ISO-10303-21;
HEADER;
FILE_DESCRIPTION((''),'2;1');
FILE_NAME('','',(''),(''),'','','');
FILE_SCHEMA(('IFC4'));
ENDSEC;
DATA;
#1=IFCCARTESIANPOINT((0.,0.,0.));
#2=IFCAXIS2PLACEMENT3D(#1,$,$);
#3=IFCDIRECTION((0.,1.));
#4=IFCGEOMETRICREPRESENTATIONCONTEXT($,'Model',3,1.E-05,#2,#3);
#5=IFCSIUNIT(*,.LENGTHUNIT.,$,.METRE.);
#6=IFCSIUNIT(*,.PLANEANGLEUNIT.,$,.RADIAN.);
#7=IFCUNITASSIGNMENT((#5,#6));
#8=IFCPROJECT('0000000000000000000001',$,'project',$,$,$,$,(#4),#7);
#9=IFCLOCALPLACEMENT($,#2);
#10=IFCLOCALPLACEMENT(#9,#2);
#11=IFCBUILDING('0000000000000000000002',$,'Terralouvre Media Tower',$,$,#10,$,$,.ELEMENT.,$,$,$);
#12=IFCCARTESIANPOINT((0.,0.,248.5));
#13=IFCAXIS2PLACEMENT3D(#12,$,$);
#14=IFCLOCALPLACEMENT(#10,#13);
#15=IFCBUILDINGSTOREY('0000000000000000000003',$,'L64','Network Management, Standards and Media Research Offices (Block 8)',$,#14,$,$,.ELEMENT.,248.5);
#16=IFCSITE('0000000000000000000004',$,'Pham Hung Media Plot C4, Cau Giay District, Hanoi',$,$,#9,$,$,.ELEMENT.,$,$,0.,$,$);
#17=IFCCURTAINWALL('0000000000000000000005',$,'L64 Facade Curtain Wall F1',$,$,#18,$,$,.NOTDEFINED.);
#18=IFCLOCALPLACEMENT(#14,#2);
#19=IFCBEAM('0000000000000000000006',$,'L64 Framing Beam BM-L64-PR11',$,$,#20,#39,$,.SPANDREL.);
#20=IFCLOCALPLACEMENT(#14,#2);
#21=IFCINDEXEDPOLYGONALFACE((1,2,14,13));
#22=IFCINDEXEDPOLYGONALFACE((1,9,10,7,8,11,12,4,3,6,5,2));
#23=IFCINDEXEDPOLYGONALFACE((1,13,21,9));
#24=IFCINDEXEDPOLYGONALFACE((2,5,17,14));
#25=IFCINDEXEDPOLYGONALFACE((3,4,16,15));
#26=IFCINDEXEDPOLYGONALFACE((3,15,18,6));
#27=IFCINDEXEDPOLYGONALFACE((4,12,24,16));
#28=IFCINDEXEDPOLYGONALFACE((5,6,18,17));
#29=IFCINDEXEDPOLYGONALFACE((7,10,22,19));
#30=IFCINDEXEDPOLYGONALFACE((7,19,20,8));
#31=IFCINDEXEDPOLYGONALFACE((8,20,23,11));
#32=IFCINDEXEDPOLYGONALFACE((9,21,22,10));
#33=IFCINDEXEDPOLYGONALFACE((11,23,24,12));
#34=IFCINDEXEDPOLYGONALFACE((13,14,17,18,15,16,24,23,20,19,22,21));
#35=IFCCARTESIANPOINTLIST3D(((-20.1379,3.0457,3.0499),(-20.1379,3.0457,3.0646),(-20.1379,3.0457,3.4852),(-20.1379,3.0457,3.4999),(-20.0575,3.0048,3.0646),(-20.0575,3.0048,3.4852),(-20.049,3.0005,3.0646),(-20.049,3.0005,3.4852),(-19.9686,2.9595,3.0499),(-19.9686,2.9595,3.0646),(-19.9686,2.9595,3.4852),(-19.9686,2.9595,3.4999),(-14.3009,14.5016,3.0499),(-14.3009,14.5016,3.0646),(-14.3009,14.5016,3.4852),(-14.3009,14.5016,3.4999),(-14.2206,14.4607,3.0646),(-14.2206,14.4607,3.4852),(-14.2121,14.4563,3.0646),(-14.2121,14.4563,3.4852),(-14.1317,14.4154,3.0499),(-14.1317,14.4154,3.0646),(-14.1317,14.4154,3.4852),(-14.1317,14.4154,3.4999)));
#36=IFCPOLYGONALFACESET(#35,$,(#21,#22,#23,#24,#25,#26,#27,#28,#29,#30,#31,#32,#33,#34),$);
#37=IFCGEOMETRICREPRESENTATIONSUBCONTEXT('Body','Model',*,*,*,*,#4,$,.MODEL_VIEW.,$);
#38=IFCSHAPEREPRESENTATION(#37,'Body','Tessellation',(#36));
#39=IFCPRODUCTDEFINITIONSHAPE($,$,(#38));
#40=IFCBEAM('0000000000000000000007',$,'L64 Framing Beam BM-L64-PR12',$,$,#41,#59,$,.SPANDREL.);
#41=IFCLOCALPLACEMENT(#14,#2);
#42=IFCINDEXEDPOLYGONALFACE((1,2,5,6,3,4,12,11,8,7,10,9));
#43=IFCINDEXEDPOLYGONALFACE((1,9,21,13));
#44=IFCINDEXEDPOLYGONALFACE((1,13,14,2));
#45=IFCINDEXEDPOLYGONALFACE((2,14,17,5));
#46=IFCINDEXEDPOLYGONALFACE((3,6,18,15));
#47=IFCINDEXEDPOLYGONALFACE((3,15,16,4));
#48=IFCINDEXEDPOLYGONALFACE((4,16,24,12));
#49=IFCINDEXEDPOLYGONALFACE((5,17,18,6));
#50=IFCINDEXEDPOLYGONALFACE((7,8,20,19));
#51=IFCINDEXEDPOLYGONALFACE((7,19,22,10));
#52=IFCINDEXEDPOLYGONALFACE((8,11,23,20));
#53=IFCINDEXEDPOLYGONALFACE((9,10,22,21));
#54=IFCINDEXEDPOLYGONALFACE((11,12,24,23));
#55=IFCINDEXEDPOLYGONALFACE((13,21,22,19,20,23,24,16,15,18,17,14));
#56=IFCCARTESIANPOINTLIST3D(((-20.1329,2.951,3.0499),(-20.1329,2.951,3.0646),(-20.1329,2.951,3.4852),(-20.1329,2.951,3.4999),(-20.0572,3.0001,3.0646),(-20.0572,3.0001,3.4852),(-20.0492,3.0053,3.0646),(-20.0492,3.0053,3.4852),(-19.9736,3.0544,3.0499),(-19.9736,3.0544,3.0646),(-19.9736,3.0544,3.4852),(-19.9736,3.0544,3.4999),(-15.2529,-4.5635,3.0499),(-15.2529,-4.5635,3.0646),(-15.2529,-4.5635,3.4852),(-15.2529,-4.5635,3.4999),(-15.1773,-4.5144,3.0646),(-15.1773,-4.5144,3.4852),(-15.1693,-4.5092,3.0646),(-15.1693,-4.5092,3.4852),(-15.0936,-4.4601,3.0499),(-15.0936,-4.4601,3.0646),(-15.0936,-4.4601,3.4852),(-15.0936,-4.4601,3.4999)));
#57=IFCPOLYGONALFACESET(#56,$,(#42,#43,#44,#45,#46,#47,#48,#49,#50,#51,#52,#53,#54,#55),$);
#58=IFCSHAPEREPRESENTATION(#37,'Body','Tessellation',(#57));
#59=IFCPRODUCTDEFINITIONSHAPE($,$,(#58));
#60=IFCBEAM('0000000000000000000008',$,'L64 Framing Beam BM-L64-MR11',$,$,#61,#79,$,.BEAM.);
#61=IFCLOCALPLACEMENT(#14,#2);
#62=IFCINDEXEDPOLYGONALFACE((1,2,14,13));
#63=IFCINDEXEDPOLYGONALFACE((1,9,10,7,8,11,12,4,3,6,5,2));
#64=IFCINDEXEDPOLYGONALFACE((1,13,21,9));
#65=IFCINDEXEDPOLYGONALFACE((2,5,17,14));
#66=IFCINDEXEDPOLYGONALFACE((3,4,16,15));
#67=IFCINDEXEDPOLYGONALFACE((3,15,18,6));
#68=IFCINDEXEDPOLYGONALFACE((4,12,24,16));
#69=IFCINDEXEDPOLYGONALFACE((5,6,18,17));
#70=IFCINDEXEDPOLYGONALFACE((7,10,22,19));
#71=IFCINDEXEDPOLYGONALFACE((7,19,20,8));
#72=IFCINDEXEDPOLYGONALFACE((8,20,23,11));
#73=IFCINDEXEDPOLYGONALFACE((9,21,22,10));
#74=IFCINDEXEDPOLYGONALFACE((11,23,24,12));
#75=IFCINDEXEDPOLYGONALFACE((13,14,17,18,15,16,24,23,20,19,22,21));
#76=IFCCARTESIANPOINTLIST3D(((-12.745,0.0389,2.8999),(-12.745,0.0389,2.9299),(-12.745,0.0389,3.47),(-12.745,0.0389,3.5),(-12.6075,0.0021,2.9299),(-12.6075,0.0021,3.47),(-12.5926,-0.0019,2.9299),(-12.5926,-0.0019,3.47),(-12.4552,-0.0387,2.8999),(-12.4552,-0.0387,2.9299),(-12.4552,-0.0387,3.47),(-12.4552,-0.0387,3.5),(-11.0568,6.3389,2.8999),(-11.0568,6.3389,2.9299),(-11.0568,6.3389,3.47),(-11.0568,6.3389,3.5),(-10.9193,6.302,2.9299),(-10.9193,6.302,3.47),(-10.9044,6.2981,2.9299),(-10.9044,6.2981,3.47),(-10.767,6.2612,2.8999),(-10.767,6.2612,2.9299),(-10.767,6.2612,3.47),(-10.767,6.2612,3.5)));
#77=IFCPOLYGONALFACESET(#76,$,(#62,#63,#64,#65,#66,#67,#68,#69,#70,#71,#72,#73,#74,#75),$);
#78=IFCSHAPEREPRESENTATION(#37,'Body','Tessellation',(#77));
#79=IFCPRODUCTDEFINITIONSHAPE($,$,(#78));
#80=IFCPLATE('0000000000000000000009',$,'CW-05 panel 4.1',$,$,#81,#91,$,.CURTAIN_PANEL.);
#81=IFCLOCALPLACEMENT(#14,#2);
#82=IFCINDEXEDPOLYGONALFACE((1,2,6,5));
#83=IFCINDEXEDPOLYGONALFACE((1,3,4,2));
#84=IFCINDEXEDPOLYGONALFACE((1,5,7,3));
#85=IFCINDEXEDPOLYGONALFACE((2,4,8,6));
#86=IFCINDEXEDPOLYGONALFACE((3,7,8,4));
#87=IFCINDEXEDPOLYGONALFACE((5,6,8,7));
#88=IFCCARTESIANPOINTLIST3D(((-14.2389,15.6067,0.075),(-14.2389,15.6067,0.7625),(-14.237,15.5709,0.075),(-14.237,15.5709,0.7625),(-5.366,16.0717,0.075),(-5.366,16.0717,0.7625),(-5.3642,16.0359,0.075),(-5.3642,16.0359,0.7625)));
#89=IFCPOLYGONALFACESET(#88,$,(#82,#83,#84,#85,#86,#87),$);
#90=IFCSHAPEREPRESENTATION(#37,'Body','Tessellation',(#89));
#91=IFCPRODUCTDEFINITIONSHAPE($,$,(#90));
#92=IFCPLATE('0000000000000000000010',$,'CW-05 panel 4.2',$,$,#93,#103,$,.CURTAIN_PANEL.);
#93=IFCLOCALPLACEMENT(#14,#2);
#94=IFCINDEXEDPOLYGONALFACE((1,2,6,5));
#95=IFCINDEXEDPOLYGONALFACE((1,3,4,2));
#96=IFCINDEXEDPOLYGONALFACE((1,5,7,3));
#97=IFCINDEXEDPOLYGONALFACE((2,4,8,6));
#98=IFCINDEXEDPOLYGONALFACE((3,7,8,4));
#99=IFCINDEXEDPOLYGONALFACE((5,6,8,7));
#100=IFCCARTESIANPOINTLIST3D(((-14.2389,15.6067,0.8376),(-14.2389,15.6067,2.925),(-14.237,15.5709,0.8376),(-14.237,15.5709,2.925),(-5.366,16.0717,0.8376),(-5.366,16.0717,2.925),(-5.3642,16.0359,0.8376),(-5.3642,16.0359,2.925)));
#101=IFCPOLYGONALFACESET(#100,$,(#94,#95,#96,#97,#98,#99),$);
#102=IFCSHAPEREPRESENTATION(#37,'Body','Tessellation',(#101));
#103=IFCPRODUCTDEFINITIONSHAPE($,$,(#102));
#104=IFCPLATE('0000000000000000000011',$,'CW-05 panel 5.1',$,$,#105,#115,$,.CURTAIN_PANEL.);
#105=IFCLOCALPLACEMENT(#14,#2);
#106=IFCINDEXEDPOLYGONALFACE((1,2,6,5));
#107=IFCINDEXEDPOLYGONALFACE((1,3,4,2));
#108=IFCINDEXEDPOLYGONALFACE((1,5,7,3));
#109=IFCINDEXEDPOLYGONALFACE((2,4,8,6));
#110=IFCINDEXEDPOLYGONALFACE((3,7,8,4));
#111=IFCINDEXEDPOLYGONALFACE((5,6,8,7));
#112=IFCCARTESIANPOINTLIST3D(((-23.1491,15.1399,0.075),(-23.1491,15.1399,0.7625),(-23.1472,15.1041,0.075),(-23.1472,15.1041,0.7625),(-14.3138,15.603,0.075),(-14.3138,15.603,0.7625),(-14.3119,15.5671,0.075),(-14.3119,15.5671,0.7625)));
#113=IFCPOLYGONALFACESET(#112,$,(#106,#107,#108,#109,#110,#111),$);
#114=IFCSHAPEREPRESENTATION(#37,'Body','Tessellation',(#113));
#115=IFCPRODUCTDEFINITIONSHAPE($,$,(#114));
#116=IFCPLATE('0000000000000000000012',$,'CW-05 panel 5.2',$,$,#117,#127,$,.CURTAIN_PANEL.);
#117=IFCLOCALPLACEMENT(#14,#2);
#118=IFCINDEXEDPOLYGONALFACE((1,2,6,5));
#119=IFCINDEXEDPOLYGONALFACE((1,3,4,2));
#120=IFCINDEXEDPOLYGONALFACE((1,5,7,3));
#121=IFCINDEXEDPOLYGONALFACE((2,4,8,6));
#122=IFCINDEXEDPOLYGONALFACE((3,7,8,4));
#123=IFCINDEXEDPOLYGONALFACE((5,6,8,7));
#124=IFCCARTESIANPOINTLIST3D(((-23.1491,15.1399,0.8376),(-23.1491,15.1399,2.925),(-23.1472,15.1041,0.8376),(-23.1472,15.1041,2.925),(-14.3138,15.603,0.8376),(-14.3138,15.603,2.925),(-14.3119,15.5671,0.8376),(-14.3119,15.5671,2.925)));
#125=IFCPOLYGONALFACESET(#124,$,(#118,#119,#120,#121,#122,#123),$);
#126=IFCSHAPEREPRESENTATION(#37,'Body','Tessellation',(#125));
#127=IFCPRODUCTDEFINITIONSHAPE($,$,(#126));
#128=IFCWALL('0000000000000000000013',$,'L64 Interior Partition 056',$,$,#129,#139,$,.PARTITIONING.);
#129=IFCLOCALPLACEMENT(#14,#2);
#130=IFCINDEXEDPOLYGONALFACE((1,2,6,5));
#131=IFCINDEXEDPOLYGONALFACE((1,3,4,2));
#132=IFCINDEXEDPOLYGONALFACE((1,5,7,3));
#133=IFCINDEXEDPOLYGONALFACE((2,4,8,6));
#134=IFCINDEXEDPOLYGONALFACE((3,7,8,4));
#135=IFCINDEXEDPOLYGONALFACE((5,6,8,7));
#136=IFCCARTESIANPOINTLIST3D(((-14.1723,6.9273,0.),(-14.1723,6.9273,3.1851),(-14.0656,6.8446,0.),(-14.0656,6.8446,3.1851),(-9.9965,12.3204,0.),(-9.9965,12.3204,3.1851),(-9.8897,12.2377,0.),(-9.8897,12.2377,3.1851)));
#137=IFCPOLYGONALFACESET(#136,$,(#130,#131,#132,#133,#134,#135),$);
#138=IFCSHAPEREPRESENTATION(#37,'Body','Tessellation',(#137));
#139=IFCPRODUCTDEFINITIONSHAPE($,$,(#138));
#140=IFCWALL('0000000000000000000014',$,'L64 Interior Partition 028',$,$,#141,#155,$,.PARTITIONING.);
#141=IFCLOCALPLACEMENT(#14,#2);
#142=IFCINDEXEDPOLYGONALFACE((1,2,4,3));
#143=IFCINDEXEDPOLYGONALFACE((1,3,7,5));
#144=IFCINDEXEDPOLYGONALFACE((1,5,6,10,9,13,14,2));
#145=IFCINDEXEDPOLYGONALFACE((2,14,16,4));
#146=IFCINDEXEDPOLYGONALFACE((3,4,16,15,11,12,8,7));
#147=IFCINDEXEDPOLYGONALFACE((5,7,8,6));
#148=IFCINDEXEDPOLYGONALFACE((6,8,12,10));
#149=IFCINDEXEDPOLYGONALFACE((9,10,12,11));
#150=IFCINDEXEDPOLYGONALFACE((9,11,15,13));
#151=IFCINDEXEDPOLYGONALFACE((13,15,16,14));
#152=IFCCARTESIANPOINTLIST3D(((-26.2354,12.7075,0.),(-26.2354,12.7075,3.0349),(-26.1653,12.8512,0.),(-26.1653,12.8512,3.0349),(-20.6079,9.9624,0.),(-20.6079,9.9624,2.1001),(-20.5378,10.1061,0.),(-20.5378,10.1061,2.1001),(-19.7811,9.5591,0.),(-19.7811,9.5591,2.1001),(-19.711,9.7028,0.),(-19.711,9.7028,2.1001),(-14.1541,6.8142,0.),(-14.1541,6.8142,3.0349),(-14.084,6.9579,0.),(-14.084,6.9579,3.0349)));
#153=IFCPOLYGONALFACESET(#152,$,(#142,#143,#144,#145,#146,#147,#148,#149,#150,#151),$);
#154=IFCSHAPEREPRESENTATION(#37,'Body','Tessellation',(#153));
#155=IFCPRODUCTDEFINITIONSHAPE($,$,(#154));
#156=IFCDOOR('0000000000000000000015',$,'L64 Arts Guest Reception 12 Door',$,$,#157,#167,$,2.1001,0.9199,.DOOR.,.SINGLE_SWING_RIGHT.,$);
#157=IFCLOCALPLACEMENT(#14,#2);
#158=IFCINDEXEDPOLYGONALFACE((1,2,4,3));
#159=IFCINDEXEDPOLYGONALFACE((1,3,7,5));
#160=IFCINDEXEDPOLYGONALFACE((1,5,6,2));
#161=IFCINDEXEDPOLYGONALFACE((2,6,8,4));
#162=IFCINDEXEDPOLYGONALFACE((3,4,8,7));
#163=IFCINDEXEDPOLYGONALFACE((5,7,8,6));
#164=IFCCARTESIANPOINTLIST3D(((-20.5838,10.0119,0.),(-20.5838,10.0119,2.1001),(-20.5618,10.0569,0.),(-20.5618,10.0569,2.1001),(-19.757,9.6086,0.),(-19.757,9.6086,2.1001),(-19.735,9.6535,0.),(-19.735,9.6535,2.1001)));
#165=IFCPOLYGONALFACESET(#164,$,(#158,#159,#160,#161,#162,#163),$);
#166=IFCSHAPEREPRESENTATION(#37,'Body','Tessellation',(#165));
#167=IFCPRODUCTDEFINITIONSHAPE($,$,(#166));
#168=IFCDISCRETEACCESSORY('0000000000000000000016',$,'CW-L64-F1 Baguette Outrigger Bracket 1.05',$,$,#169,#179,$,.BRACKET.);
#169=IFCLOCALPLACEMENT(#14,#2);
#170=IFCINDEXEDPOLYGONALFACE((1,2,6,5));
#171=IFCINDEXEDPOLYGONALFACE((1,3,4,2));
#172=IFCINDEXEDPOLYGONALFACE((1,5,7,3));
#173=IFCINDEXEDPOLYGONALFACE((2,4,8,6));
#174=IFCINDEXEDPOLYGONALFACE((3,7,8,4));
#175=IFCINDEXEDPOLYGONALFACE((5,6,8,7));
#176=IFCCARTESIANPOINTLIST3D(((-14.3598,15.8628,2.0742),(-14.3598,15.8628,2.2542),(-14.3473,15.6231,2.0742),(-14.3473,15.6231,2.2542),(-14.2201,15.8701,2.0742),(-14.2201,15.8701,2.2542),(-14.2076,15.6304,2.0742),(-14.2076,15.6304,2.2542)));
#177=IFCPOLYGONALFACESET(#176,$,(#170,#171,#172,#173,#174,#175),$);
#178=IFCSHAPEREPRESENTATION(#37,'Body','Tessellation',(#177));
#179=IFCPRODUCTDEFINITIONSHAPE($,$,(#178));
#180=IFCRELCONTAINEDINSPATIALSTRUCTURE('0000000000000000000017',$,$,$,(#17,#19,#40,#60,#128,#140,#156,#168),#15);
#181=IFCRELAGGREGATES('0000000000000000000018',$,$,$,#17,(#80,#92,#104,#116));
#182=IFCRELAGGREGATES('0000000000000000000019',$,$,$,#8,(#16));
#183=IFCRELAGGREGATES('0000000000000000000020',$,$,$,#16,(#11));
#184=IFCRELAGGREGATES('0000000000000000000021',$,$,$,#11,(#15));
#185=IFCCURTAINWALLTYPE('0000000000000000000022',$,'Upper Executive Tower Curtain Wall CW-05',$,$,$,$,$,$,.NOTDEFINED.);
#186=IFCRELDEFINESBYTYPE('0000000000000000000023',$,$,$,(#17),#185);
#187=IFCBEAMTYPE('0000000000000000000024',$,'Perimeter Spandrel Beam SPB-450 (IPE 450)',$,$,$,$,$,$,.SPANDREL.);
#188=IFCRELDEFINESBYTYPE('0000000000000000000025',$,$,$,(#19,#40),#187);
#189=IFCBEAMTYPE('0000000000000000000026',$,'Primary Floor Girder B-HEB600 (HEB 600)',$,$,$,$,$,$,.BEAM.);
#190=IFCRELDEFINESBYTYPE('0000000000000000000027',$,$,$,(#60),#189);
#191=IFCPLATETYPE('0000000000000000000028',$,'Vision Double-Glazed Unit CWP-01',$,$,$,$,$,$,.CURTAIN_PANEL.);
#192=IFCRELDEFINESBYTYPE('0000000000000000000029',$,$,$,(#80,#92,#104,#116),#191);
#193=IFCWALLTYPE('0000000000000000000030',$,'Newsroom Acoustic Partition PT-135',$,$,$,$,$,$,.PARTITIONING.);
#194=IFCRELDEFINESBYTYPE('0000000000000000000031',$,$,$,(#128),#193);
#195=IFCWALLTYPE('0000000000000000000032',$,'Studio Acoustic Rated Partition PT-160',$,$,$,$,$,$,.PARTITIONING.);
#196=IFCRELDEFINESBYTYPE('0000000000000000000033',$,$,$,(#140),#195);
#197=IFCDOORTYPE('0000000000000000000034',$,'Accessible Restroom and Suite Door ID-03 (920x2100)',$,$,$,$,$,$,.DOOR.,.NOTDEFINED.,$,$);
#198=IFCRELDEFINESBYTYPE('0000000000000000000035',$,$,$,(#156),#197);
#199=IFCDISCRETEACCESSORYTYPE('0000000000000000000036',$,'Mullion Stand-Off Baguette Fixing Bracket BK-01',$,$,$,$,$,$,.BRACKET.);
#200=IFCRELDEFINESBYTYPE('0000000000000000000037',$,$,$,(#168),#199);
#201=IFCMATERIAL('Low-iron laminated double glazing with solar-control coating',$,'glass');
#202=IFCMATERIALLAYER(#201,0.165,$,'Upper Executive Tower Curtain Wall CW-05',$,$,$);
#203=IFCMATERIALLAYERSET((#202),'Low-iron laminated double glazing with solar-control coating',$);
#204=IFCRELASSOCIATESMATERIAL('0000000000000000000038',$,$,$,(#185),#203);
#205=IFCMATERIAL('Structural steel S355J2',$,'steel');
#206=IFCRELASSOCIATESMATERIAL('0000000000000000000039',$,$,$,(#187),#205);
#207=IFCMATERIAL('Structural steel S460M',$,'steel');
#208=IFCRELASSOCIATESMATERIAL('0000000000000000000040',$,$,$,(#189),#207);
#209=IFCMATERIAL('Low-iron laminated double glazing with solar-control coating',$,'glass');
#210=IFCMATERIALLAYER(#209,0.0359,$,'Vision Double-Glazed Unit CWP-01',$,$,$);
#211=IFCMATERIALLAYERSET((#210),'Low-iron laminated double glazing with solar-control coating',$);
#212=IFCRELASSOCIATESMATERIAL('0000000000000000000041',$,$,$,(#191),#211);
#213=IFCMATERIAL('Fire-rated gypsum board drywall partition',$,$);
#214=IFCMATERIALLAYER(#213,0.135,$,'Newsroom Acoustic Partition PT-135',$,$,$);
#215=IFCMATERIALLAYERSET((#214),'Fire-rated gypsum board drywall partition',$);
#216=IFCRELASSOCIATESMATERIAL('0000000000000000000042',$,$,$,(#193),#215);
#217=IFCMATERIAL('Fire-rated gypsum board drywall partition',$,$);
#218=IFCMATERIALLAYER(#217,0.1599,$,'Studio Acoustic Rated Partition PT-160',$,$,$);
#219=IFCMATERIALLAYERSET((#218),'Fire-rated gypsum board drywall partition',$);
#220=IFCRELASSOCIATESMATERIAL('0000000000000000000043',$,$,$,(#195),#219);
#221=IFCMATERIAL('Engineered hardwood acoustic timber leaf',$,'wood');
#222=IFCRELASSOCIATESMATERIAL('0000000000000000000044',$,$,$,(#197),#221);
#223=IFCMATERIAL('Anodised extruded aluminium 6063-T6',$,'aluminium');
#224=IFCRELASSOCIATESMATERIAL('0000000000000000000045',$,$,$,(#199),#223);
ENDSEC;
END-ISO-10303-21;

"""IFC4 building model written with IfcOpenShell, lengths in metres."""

from ifc_helpers import new_model, si_unit, direction, frame, frame_2d, origin, origin_2d, place, context, subcontext, project, spatial, rectangle, i_section, extrude, material, layer, layer_set, material_profile, profile_set, type_object, element, fill, aggregate, save


model = new_model("IFC4")

# Units and contexts
model_context = context("Model", 3, precision=1e-05, world=origin(), true_north=direction((0.0, 1.0)))
body_context = subcontext(model_context, "Body", "Model", "MODEL_VIEW")
ifc_project = project(units=[si_unit("LENGTHUNIT", "METRE"), si_unit("PLANEANGLEUNIT", "RADIAN")], contexts=[model_context])

# Site, building, storey
site_placement = place(None, origin())
site = spatial("IfcSite", under=ifc_project, at=site_placement, Name="Pham Hung Media Plot C4, Cau Giay District, Hanoi", CompositionType="ELEMENT", RefElevation=0.0)
building_placement = place(site_placement, origin())
building = spatial("IfcBuilding", under=site, at=building_placement, Name="Terralouvre Media Tower", CompositionType="ELEMENT")
storey_placement = place(building_placement, frame((0.0, 0.0, 248.5)))
storey = spatial("IfcBuildingStorey", under=building, at=storey_placement, Name="L64", Description="Network Management, Standards and Media Research Offices (Block 8)", CompositionType="ELEMENT", Elevation=248.5)

# Curtain wall
ifc_material_1 = material(Name="Low-iron laminated double glazing with solar-control coating", Category="glass")
ifc_layer_1 = layer(ifc_material_1, 0.165, Name="Upper Executive Tower Curtain Wall CW-05")
ifc_layer_set_1 = layer_set([ifc_layer_1], Name="Low-iron laminated double glazing with solar-control coating")
curtain_wall_type = type_object("IfcCurtainWallType", Name="Upper Executive Tower Curtain Wall CW-05", PredefinedType="NOTDEFINED", material=ifc_layer_set_1)
curtain_wall_1_placement = place(storey_placement, origin())
curtain_wall_1 = element("IfcCurtainWall", 1, at=curtain_wall_1_placement, inside=storey, type_object=curtain_wall_type, Name="L64 Facade Curtain Wall F1", PredefinedType="NOTDEFINED")

# Beams
ifc_material_2 = material(Name="Structural steel S355J2", Category="steel")
ifc_material_profile_1 = material_profile(ifc_material_2, i_section(OverallWidth=0.1899, OverallDepth=0.45, WebThickness=0.0095, FlangeThickness=0.0146, at=origin_2d()), Name="IPE 450")
ifc_profile_set_1 = profile_set([ifc_material_profile_1], Name="Structural steel S355J2")
beam_type_1 = type_object("IfcBeamType", Name="Perimeter Spandrel Beam SPB-450 (IPE 450)", PredefinedType="SPANDREL", material=ifc_profile_set_1)
beam_1_placement = place(storey_placement, frame((-14.2163, 14.4585, 3.2749), z_axis=(-0.453984, -0.89101, 0.0), x_axis=(0.89101, -0.453984, 0.0)))
element("IfcBeam", 2, at=beam_1_placement, inside=storey, type_object=beam_type_1, Name="L64 Framing Beam BM-L64-PR11", PredefinedType="SPANDREL", context=body_context, shape_type="SweptSolid", body=[
    extrude(i_section(OverallWidth=0.1899, OverallDepth=0.45, WebThickness=0.0095, FlangeThickness=0.0146, at=origin_2d()), origin(), (0.0, 0.0, 1.0), 12.8572),
])
beam_2_placement = place(storey_placement, frame((-20.0532, 3.0027, 3.2749), z_axis=(0.544637, -0.838672, 0.0), x_axis=(0.838672, 0.544637, 0.0)))
element("IfcBeam", 3, at=beam_2_placement, inside=storey, type_object=beam_type_1, Name="L64 Framing Beam BM-L64-PR12", PredefinedType="SPANDREL", context=body_context, shape_type="SweptSolid", body=[
    extrude(i_section(OverallWidth=0.1899, OverallDepth=0.45, WebThickness=0.0095, FlangeThickness=0.0146, at=origin_2d()), origin(), (0.0, 0.0, 1.0), 8.96),
])
ifc_material_3 = material(Name="Structural steel S460M", Category="steel")
ifc_material_profile_2 = material_profile(ifc_material_3, i_section(OverallWidth=0.3, OverallDepth=0.6001, WebThickness=0.0154, FlangeThickness=0.03, at=origin_2d()), Name="HEB 600")
ifc_profile_set_2 = profile_set([ifc_material_profile_2], Name="Structural steel S460M")
beam_type_2 = type_object("IfcBeamType", Name="Primary Floor Girder B-HEB600 (HEB 600)", PredefinedType="BEAM", material=ifc_profile_set_2)
beam_3_placement = place(storey_placement, frame((-10.9119, 6.3, 3.2), z_axis=(-0.258839, -0.96592, 0.0), x_axis=(0.96592, -0.258839, 0.0)))
element("IfcBeam", 4, at=beam_3_placement, inside=storey, type_object=beam_type_2, Name="L64 Framing Beam BM-L64-MR11", PredefinedType="BEAM", context=body_context, shape_type="SweptSolid", body=[
    extrude(i_section(OverallWidth=0.3, OverallDepth=0.6001, WebThickness=0.0154, FlangeThickness=0.03, at=origin_2d()), origin(), (0.0, 0.0, 1.0), 6.5222),
])

# Plates
ifc_material_4 = material(Name="Low-iron laminated double glazing with solar-control coating", Category="glass")
ifc_layer_2 = layer(ifc_material_4, 0.0359, Name="Vision Double-Glazed Unit CWP-01")
ifc_layer_set_2 = layer_set([ifc_layer_2], Name="Low-iron laminated double glazing with solar-control coating")
plate_type = type_object("IfcPlateType", Name="Vision Double-Glazed Unit CWP-01", PredefinedType="CURTAIN_PANEL", material=ifc_layer_set_2)
plate_1_placement = place(storey_placement, frame((-9.8015, 15.8213, 0.075), z_axis=(0.0, 0.0, 1.0), x_axis=(-0.99863, -0.052336, 0.0)))
plate_1 = element("IfcPlate", 5, at=plate_1_placement, type_object=plate_type, Name="CW-05 panel 4.1", PredefinedType="CURTAIN_PANEL", context=body_context, shape_type="SweptSolid", body=[
    extrude(rectangle(XDim=8.885, YDim=0.0359, at=origin_2d()), origin(), (0.0, 0.0, 1.0), 0.6875),
])
plate_2_placement = place(storey_placement, frame((-9.8015, 15.8213, 0.8376), z_axis=(0.0, 0.0, 1.0), x_axis=(-0.99863, -0.052336, 0.0)))
plate_2 = element("IfcPlate", 6, at=plate_2_placement, type_object=plate_type, Name="CW-05 panel 4.2", PredefinedType="CURTAIN_PANEL", context=body_context, shape_type="SweptSolid", body=[
    extrude(rectangle(XDim=8.885, YDim=0.0359, at=origin_2d()), origin(), (0.0, 0.0, 1.0), 2.0874),
])
plate_3_placement = place(storey_placement, frame((-18.7305, 15.3535, 0.075), z_axis=(0.0, 0.0, 1.0), x_axis=(-0.99863, -0.052336, 0.0)))
plate_3 = element("IfcPlate", 7, at=plate_3_placement, type_object=plate_type, Name="CW-05 panel 5.1", PredefinedType="CURTAIN_PANEL", context=body_context, shape_type="SweptSolid", body=[
    extrude(rectangle(XDim=8.8474, YDim=0.0359, at=origin_2d()), origin(), (0.0, 0.0, 1.0), 0.6875),
])
plate_4_placement = place(storey_placement, frame((-18.7305, 15.3535, 0.8376), z_axis=(0.0, 0.0, 1.0), x_axis=(-0.99863, -0.052336, 0.0)))
plate_4 = element("IfcPlate", 8, at=plate_4_placement, type_object=plate_type, Name="CW-05 panel 5.2", PredefinedType="CURTAIN_PANEL", context=body_context, shape_type="SweptSolid", body=[
    extrude(rectangle(XDim=8.8474, YDim=0.0359, at=origin_2d()), origin(), (0.0, 0.0, 1.0), 2.0874),
])
aggregate(curtain_wall_1, [plate_1, plate_2, plate_3, plate_4])

# Wall
ifc_material_5 = material(Name="Fire-rated gypsum board drywall partition")
ifc_layer_3 = layer(ifc_material_5, 0.135, Name="Newsroom Acoustic Partition PT-135")
ifc_layer_set_3 = layer_set([ifc_layer_3], Name="Fire-rated gypsum board drywall partition")
wall_type_1 = type_object("IfcWallType", Name="Newsroom Acoustic Partition PT-135", PredefinedType="PARTITIONING", material=ifc_layer_set_3)
wall_1_placement = place(storey_placement, frame((-9.9431, 12.2791, 0.0), z_axis=(0.0, 0.0, 1.0), x_axis=(-0.612219, -0.790688, 0.0)))
element("IfcWall", 9, at=wall_1_placement, inside=storey, type_object=wall_type_1, Name="L64 Interior Partition 056", PredefinedType="PARTITIONING", context=body_context, shape_type="SweptSolid", body=[
    extrude(rectangle(XDim=6.8208, YDim=0.135, at=frame_2d((3.4104, 0.0))), origin(), (0.0, 0.0, 1.0), 3.1851),
])

# Wall, opening, door
ifc_material_6 = material(Name="Fire-rated gypsum board drywall partition")
ifc_layer_4 = layer(ifc_material_6, 0.1599, Name="Studio Acoustic Rated Partition PT-160")
ifc_layer_set_4 = layer_set([ifc_layer_4], Name="Fire-rated gypsum board drywall partition")
wall_type_2 = type_object("IfcWallType", Name="Studio Acoustic Rated Partition PT-160", PredefinedType="PARTITIONING", material=ifc_layer_set_4)
wall_2_placement = place(storey_placement, frame((-14.1189, 6.886, 0.0), z_axis=(0.0, 0.0, 1.0), x_axis=(-0.898769, 0.438423, 0.0)))
wall_2 = element("IfcWall", 10, at=wall_2_placement, inside=storey, type_object=wall_type_2, Name="L64 Interior Partition 028", PredefinedType="PARTITIONING", context=body_context, shape_type="SweptSolid", body=[
    extrude(rectangle(XDim=13.4421, YDim=0.1599, at=frame_2d((6.7212, 0.0))), origin(), (0.0, 0.0, 1.0), 3.0349),
])
opening_placement = place(wall_2_placement, frame((6.261, 0.0, 0.0)))
opening = element("IfcOpeningElement", 11, at=opening_placement, cuts=wall_2, PredefinedType="OPENING", context=body_context, shape_type="SweptSolid", body=[
    extrude(rectangle(XDim=0.9199, YDim=2.1001, at=frame_2d((0.46, 1.05))), frame((0.0, 0.0898, 0.0), z_axis=(0.0, -1.0, 0.0), x_axis=(1.0, 0.0, 0.0)), (0.0, 0.0, 1.0), 0.1799),
])
ifc_material_7 = material(Name="Engineered hardwood acoustic timber leaf", Category="wood")
door_type = type_object("IfcDoorType", Name="Accessible Restroom and Suite Door ID-03 (920x2100)", OperationType="NOTDEFINED", PredefinedType="DOOR", material=ifc_material_7)
door_placement = place(opening_placement, origin())
door = element("IfcDoor", 12, at=door_placement, inside=storey, type_object=door_type, Name="L64 Arts Guest Reception 12 Door", OperationType="SINGLE_SWING_RIGHT", OverallHeight=2.1001, OverallWidth=0.9199, PredefinedType="DOOR", context=body_context, shape_type="SweptSolid", body=[
    extrude(rectangle(XDim=0.9199, YDim=2.1001, at=frame_2d((0.46, 1.05))), frame((0.0, 0.0249, 0.0), z_axis=(0.0, -1.0, 0.0), x_axis=(1.0, 0.0, 0.0)), (0.0, 0.0, 1.0), 0.05),
])
fill(opening, door)

# Discrete accessory
ifc_material_8 = material(Name="Anodised extruded aluminium 6063-T6", Category="aluminium")
discrete_accessory_type = type_object("IfcDiscreteAccessoryType", Name="Mullion Stand-Off Baguette Fixing Bracket BK-01", PredefinedType="BRACKET", material=ifc_material_8)
discrete_accessory_placement = place(storey_placement, frame((-14.2837, 15.7466, 2.0742), z_axis=(0.0, 0.0, 1.0), x_axis=(-0.99863, -0.052336, 0.0)))
element("IfcDiscreteAccessory", 13, at=discrete_accessory_placement, inside=storey, type_object=discrete_accessory_type, Name="CW-L64-F1 Baguette Outrigger Bracket 1.05", PredefinedType="BRACKET", context=body_context, shape_type="SweptSolid", body=[
    extrude(rectangle(XDim=0.1399, YDim=0.24, at=origin_2d()), origin(), (0.0, 0.0, 1.0), 0.1799),
])

save(model, "model.ifc")
